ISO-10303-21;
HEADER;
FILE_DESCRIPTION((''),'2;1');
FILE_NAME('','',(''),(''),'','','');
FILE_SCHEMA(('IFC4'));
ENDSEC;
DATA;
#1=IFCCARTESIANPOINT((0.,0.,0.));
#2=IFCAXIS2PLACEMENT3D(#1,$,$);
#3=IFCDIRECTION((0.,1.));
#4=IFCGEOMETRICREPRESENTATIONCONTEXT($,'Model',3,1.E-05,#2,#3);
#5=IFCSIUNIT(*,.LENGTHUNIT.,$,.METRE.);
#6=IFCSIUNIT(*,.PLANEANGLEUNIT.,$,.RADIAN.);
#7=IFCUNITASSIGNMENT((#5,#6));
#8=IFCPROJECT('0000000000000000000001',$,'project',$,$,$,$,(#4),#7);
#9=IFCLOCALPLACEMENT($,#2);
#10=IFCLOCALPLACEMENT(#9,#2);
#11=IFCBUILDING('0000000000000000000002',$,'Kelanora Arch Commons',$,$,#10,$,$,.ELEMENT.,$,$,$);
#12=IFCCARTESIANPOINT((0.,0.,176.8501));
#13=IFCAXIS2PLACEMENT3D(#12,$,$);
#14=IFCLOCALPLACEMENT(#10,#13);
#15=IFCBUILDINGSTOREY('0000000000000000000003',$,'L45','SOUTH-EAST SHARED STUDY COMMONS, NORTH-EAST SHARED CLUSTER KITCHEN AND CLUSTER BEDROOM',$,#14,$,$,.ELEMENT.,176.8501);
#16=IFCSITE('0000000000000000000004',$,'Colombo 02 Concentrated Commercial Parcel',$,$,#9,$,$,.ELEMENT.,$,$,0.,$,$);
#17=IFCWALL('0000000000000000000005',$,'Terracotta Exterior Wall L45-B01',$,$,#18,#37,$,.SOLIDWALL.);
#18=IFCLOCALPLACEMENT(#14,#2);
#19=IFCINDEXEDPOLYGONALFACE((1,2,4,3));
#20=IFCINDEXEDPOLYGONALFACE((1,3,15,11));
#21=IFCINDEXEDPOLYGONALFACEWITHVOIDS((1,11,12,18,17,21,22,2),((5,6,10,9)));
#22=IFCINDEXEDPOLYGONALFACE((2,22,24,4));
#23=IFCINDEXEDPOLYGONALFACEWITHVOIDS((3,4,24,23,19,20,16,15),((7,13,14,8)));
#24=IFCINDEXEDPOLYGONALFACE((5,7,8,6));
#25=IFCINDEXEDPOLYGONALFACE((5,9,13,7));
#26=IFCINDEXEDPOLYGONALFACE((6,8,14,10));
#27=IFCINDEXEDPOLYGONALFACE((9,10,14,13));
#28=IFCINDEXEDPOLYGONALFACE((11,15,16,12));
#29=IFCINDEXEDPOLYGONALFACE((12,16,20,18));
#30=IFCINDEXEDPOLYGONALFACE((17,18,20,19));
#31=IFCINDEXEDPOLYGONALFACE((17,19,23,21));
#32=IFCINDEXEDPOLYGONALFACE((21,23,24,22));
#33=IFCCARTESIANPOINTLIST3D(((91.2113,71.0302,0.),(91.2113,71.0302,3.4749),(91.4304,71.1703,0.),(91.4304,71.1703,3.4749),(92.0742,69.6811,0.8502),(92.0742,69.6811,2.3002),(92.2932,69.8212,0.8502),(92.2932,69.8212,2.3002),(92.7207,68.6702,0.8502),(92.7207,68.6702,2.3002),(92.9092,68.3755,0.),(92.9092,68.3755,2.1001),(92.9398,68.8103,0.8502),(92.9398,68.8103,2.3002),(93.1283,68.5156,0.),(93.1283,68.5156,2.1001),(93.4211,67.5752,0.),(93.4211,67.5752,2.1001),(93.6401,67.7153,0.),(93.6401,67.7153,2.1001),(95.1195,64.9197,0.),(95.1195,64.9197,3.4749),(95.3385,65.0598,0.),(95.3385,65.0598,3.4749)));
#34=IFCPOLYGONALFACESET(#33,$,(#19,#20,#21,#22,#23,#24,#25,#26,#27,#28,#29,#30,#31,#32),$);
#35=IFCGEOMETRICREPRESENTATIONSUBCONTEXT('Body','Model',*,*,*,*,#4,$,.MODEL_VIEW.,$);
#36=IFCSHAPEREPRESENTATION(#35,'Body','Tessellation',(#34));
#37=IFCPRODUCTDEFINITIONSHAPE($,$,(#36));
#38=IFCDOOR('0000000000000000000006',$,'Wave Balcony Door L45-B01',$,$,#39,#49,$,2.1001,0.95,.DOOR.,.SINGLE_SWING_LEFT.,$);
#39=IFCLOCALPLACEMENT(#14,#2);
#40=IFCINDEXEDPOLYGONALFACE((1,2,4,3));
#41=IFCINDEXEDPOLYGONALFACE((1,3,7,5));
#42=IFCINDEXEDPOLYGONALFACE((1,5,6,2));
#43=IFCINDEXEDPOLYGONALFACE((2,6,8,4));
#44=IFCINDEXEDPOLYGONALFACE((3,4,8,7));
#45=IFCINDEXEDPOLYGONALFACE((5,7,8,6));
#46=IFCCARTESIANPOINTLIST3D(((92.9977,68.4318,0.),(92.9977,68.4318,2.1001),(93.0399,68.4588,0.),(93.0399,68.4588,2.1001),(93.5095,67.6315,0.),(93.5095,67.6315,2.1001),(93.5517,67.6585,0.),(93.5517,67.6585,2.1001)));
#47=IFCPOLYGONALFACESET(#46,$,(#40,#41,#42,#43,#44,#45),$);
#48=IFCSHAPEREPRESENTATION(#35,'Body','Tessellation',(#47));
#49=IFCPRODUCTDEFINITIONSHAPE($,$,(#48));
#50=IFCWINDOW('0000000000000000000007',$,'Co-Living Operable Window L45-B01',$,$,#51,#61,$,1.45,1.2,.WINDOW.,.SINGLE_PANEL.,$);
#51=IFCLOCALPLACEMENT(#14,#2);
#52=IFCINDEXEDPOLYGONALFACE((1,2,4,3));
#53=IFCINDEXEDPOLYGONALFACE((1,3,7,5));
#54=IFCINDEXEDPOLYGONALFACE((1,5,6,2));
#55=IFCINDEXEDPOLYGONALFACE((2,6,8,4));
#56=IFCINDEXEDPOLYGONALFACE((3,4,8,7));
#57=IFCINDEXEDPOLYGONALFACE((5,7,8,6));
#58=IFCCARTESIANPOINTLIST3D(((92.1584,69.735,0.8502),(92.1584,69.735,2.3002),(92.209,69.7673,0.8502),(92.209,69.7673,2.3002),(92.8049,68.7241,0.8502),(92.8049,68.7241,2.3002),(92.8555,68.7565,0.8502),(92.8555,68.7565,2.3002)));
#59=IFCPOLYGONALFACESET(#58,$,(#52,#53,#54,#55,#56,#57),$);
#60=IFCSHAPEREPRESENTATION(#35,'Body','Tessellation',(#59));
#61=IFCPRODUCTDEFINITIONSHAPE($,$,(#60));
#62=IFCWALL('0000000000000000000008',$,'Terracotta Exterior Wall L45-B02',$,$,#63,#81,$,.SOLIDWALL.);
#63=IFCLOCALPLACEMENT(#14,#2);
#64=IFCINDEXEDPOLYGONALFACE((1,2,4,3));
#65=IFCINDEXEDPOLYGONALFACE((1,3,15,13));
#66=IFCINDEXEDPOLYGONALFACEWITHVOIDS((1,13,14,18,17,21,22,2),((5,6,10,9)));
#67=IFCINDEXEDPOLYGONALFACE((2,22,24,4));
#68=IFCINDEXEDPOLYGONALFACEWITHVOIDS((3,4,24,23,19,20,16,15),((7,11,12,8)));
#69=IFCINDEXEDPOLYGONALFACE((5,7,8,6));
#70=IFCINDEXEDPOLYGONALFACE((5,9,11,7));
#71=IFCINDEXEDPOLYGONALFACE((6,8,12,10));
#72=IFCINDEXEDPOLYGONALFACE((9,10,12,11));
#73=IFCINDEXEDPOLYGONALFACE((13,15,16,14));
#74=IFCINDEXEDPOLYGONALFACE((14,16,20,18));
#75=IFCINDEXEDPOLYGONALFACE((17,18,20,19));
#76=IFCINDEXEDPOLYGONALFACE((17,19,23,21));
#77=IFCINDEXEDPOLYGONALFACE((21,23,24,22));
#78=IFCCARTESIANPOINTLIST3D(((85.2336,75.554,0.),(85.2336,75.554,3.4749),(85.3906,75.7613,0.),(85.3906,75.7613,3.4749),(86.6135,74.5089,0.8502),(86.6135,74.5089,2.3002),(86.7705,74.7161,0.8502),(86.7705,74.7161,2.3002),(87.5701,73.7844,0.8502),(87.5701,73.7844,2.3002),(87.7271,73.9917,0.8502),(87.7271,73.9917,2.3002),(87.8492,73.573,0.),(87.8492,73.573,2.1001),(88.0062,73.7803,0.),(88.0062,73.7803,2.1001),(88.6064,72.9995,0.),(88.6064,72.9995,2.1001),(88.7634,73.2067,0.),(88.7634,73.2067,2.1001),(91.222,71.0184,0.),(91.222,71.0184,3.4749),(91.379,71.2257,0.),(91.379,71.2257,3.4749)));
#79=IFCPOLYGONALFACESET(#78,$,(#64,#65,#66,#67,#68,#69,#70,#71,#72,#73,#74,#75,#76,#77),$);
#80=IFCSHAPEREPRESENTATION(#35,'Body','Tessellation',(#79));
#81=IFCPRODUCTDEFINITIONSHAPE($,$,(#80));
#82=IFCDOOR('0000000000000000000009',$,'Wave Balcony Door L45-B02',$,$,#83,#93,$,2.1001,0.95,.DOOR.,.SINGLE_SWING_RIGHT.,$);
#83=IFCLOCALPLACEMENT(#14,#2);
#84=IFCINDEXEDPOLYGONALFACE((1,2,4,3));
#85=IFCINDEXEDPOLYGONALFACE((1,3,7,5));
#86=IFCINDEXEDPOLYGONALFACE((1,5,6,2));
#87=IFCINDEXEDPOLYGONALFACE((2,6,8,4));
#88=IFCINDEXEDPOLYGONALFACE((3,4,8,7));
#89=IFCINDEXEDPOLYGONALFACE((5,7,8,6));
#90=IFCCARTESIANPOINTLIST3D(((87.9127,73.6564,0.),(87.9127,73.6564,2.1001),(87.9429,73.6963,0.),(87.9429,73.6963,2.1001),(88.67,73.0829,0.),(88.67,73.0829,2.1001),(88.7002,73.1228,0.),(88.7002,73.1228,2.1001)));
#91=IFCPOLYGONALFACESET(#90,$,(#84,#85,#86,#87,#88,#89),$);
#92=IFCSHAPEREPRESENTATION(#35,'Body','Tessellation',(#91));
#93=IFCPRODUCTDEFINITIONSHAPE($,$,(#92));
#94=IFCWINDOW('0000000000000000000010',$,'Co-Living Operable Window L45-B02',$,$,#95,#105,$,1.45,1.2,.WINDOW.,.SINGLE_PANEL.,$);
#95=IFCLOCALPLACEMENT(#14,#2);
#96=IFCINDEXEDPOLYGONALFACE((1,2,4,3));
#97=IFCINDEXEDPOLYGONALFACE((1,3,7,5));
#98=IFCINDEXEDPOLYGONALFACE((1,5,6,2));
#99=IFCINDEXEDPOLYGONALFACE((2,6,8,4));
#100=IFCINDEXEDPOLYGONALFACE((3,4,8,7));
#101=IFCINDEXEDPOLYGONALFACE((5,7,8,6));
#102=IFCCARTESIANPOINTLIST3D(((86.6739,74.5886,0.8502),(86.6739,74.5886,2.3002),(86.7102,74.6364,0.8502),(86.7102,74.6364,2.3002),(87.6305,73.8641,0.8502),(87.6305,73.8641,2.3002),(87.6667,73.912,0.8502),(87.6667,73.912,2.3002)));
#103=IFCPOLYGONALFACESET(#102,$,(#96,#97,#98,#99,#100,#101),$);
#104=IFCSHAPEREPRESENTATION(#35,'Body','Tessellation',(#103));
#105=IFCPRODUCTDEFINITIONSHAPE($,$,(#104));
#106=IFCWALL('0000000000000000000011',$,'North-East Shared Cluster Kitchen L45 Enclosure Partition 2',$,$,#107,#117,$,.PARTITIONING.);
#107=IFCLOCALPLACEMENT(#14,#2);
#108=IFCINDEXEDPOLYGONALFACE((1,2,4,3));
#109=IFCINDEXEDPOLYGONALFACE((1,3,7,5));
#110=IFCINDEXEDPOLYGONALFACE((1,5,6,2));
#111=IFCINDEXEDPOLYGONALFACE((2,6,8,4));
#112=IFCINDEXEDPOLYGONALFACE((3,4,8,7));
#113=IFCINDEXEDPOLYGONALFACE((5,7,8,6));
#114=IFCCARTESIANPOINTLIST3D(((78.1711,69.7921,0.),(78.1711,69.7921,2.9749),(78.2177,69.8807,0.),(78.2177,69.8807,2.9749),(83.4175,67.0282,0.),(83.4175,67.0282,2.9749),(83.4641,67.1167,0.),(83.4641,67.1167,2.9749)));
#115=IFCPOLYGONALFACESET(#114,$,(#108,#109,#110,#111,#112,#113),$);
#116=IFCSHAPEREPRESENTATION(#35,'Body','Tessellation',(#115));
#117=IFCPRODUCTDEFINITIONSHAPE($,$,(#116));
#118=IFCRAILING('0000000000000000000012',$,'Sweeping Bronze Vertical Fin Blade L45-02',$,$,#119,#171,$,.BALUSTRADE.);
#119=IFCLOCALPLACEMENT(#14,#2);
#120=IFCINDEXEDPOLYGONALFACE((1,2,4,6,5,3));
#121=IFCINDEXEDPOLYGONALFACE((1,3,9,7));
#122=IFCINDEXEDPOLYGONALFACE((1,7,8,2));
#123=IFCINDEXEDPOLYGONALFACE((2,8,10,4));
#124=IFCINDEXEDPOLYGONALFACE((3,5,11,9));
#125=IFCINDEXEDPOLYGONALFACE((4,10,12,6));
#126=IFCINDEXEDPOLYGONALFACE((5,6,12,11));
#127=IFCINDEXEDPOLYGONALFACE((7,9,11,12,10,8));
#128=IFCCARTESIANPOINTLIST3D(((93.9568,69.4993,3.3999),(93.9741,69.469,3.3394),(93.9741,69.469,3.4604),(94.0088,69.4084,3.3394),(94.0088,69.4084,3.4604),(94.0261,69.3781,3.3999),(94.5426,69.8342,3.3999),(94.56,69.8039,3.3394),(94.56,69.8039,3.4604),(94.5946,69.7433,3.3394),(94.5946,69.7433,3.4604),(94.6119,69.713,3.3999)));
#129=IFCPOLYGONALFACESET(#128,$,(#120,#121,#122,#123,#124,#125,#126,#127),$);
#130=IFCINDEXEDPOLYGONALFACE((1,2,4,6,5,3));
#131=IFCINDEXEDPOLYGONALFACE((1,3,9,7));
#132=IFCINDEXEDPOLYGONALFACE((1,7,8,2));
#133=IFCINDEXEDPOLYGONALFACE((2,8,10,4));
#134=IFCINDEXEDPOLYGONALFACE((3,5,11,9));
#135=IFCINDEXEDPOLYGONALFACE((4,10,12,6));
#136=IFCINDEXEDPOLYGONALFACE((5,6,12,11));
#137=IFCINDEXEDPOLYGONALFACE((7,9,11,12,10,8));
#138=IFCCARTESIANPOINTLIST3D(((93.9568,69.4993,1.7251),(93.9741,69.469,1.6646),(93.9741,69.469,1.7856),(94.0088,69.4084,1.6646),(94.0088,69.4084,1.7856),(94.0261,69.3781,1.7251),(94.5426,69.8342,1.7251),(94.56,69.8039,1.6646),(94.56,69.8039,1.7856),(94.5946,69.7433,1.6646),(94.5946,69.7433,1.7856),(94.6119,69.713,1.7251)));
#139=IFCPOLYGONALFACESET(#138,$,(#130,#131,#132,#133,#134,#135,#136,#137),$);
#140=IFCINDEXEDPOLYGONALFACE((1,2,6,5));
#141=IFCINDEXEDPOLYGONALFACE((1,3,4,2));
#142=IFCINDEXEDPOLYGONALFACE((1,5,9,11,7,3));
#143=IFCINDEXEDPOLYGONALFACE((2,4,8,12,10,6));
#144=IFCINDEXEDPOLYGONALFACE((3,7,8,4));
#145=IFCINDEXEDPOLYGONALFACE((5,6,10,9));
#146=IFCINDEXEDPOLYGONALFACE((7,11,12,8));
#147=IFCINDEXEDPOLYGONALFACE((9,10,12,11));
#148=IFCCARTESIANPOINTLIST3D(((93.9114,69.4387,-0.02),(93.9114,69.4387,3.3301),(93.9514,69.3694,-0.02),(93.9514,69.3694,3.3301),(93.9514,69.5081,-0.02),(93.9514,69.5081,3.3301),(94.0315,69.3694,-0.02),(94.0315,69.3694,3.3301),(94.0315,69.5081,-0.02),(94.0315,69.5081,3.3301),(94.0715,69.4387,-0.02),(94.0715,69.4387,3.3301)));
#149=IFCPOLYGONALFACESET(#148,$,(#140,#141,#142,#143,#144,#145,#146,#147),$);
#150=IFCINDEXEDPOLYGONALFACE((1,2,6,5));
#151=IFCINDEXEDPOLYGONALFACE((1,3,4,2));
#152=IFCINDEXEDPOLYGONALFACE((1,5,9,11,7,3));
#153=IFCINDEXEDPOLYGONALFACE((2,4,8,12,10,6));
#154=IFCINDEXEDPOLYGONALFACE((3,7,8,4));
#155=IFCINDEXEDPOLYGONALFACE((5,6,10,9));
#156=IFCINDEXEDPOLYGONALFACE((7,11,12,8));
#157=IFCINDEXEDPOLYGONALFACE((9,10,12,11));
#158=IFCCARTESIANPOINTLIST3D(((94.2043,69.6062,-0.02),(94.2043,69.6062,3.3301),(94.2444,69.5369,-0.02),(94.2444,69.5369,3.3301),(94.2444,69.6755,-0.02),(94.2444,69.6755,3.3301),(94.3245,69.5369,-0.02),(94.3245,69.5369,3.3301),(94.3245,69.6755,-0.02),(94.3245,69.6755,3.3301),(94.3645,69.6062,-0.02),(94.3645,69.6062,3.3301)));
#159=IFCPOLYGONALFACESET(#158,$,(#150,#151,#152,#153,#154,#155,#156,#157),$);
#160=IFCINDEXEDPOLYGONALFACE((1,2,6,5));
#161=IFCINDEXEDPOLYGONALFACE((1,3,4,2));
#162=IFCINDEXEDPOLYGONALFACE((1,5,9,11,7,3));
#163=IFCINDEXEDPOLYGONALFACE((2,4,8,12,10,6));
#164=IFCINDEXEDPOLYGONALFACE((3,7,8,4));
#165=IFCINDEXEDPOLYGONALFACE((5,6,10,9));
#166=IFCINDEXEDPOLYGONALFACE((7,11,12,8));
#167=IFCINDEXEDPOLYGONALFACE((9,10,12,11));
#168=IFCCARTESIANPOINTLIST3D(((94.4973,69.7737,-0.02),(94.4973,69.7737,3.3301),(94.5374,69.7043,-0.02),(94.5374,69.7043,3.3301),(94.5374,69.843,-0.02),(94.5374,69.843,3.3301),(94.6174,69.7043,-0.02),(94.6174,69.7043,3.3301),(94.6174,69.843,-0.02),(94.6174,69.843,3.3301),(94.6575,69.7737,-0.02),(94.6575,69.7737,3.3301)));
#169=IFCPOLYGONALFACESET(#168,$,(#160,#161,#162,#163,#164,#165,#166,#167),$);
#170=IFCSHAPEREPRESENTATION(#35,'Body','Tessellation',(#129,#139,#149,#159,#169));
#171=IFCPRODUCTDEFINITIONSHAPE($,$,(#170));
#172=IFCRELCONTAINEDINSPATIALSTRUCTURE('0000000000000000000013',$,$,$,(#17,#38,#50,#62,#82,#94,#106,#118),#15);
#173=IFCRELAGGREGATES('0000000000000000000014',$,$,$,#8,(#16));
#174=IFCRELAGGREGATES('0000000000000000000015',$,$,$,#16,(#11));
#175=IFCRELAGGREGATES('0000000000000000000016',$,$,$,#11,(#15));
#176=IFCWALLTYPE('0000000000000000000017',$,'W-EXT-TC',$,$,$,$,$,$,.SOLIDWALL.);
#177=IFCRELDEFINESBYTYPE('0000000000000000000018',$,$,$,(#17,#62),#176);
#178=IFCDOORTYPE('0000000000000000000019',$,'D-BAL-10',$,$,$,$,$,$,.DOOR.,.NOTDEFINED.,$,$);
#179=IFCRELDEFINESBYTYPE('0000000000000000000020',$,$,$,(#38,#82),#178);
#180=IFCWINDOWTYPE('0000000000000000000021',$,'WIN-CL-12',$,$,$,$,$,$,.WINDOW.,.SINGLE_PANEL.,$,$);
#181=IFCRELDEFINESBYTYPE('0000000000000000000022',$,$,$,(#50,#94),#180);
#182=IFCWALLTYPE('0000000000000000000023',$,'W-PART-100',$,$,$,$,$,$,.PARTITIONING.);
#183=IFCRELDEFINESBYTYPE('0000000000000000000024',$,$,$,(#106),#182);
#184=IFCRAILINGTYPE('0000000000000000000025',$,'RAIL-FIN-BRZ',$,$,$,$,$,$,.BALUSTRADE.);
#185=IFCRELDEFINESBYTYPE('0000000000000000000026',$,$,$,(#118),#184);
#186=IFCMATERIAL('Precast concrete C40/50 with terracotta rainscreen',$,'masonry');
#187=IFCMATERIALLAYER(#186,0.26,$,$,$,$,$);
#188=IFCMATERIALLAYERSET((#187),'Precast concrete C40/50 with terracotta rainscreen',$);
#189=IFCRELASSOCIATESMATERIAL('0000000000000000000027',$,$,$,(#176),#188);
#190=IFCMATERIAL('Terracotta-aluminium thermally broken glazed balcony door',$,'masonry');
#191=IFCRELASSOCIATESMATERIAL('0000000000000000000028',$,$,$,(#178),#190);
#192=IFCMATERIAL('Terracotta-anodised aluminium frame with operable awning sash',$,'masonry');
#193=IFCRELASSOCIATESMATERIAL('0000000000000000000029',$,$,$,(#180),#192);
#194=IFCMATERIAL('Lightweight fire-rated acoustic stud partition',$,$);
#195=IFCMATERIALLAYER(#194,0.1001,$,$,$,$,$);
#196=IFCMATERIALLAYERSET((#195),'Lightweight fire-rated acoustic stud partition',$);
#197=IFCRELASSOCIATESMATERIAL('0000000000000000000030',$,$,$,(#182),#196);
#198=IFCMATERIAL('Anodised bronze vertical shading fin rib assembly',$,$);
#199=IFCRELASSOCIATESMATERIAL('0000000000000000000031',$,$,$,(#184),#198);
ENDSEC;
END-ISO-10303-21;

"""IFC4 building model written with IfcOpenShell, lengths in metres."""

from ifc_helpers import new_model, si_unit, direction, frame, frame_2d, origin, place, context, subcontext, project, spatial, polyline, rectangle, outline, extrude, material, layer, layer_set, type_object, element, fill, save


model = new_model("IFC4")

# Units and contexts
model_context = context("Model", 3, precision=1e-05, world=origin(), true_north=direction((0.0, 1.0)))
body_context = subcontext(model_context, "Body", "Model", "MODEL_VIEW")
ifc_project = project(units=[si_unit("LENGTHUNIT", "METRE"), si_unit("PLANEANGLEUNIT", "RADIAN")], contexts=[model_context])

# Site, building, storey
site_placement = place(None, origin())
site = spatial("IfcSite", under=ifc_project, at=site_placement, Name="Colombo 02 Concentrated Commercial Parcel", CompositionType="ELEMENT", RefElevation=0.0)
building_placement = place(site_placement, origin())
building = spatial("IfcBuilding", under=site, at=building_placement, Name="Kelanora Arch Commons", CompositionType="ELEMENT")
storey_placement = place(building_placement, frame((0.0, 0.0, 176.8501)))
storey = spatial("IfcBuildingStorey", under=building, at=storey_placement, Name="L45", Description="SOUTH-EAST SHARED STUDY COMMONS, NORTH-EAST SHARED CLUSTER KITCHEN AND CLUSTER BEDROOM", CompositionType="ELEMENT", Elevation=176.8501)

# Walls, openings, doors, windows
ifc_material_1 = material(Name="Precast concrete C40/50 with terracotta rainscreen", Category="masonry")
ifc_layer_1 = layer(ifc_material_1, 0.26)
ifc_layer_set_1 = layer_set([ifc_layer_1], Name="Precast concrete C40/50 with terracotta rainscreen")
wall_type_1 = type_object("IfcWallType", Name="W-EXT-TC", PredefinedType="SOLIDWALL", material=ifc_layer_set_1)
wall_1_placement = place(storey_placement, frame((95.229, 64.9897, 0.0), z_axis=(0.0, 0.0, 1.0), x_axis=(-0.538802, 0.842433, 0.0)))
wall_1 = element("IfcWall", 1, at=wall_1_placement, inside=storey, type_object=wall_type_1, Name="Terracotta Exterior Wall L45-B01", PredefinedType="SOLIDWALL", context=body_context, shape_type="SweptSolid", body=[
    extrude(rectangle(XDim=7.2534, YDim=0.26, at=frame_2d((3.6267, 0.0))), origin(), (0.0, 0.0, 1.0), 3.4749),
])
opening_1_placement = place(wall_1_placement, frame((3.1521, 0.0, 0.0)))
opening_1 = element("IfcOpeningElement", 2, at=opening_1_placement, cuts=wall_1, PredefinedType="OPENING", context=body_context, shape_type="SweptSolid", body=[
    extrude(rectangle(XDim=0.95, YDim=2.1001, at=frame_2d((0.4751, 1.05))), frame((0.0, 0.1401, 0.0), z_axis=(0.0, -1.0, 0.0), x_axis=(1.0, 0.0, 0.0)), (0.0, 0.0, 1.0), 0.28),
])
opening_2_placement = place(wall_1_placement, frame((4.4519, 0.0, 0.8501)))
opening_2 = element("IfcOpeningElement", 3, at=opening_2_placement, cuts=wall_1, PredefinedType="OPENING", context=body_context, shape_type="SweptSolid", body=[
    extrude(rectangle(XDim=1.2, YDim=1.45, at=frame_2d((0.6001, 0.7251))), frame((0.0, 0.1401, 0.0), z_axis=(0.0, -1.0, 0.0), x_axis=(1.0, 0.0, 0.0)), (0.0, 0.0, 1.0), 0.28),
])
ifc_material_2 = material(Name="Terracotta-aluminium thermally broken glazed balcony door", Category="masonry")
door_type = type_object("IfcDoorType", Name="D-BAL-10", OperationType="NOTDEFINED", PredefinedType="DOOR", material=ifc_material_2)
door_1_placement = place(opening_1_placement, frame((0.95, 0.0, 0.0), z_axis=(0.0, 0.0, 1.0), x_axis=(-1.0, 0.0, 0.0)))
door_1 = element("IfcDoor", 4, at=door_1_placement, inside=storey, type_object=door_type, Name="Wave Balcony Door L45-B01", OperationType="SINGLE_SWING_LEFT", OverallHeight=2.1001, OverallWidth=0.95, PredefinedType="DOOR", context=body_context, shape_type="SweptSolid", body=[
    extrude(rectangle(XDim=0.95, YDim=2.1001, at=frame_2d((0.4751, 1.05))), frame((0.0, 0.0249, 0.0), z_axis=(0.0, -1.0, 0.0), x_axis=(1.0, 0.0, 0.0)), (0.0, 0.0, 1.0), 0.05),
])
fill(opening_1, door_1)
ifc_material_3 = material(Name="Terracotta-anodised aluminium frame with operable awning sash", Category="masonry")
window_type = type_object("IfcWindowType", Name="WIN-CL-12", PartitioningType="SINGLE_PANEL", PredefinedType="WINDOW", material=ifc_material_3)
window_1_placement = place(opening_2_placement, origin())
window_1 = element("IfcWindow", 5, at=window_1_placement, inside=storey, type_object=window_type, Name="Co-Living Operable Window L45-B01", OverallHeight=1.45, OverallWidth=1.2, PartitioningType="SINGLE_PANEL", PredefinedType="WINDOW", context=body_context, shape_type="SweptSolid", body=[
    extrude(rectangle(XDim=1.2, YDim=1.45, at=frame_2d((0.6001, 0.7251))), frame((0.0, 0.03, 0.0), z_axis=(0.0, -1.0, 0.0), x_axis=(1.0, 0.0, 0.0)), (0.0, 0.0, 1.0), 0.0601),
])
fill(opening_2, window_1)
wall_2_placement = place(storey_placement, frame((91.3005, 71.1221, 0.0), z_axis=(0.0, 0.0, 1.0), x_axis=(-0.797164, 0.603763, 0.0)))
wall_2 = element("IfcWall", 6, at=wall_2_placement, inside=storey, type_object=wall_type_1, Name="Terracotta Exterior Wall L45-B02", PredefinedType="SOLIDWALL", context=body_context, shape_type="SweptSolid", body=[
    extrude(rectangle(XDim=7.5122, YDim=0.26, at=frame_2d((3.7561, 0.0))), origin(), (0.0, 0.0, 1.0), 3.4749),
])
opening_3_placement = place(wall_2_placement, frame((3.281, 0.0, 0.0)))
opening_3 = element("IfcOpeningElement", 7, at=opening_3_placement, cuts=wall_2, PredefinedType="OPENING", context=body_context, shape_type="SweptSolid", body=[
    extrude(rectangle(XDim=0.95, YDim=2.1001, at=frame_2d((0.4751, 1.05))), frame((0.0, 0.1401, 0.0), z_axis=(0.0, -1.0, 0.0), x_axis=(1.0, 0.0, 0.0)), (0.0, 0.0, 1.0), 0.28),
])
opening_4_placement = place(wall_2_placement, frame((4.5811, 0.0, 0.8501)))
opening_4 = element("IfcOpeningElement", 8, at=opening_4_placement, cuts=wall_2, PredefinedType="OPENING", context=body_context, shape_type="SweptSolid", body=[
    extrude(rectangle(XDim=1.2, YDim=1.45, at=frame_2d((0.6001, 0.7251))), frame((0.0, 0.1401, 0.0), z_axis=(0.0, -1.0, 0.0), x_axis=(1.0, 0.0, 0.0)), (0.0, 0.0, 1.0), 0.28),
])
door_2_placement = place(opening_3_placement, frame((0.95, 0.0, 0.0), z_axis=(0.0, 0.0, 1.0), x_axis=(-1.0, 0.0, 0.0)))
door_2 = element("IfcDoor", 9, at=door_2_placement, inside=storey, type_object=door_type, Name="Wave Balcony Door L45-B02", OperationType="SINGLE_SWING_RIGHT", OverallHeight=2.1001, OverallWidth=0.95, PredefinedType="DOOR", context=body_context, shape_type="SweptSolid", body=[
    extrude(rectangle(XDim=0.95, YDim=2.1001, at=frame_2d((0.4751, 1.05))), frame((0.0, 0.0249, 0.0), z_axis=(0.0, -1.0, 0.0), x_axis=(1.0, 0.0, 0.0)), (0.0, 0.0, 1.0), 0.05),
])
fill(opening_3, door_2)
window_2_placement = place(opening_4_placement, origin())
window_2 = element("IfcWindow", 10, at=window_2_placement, inside=storey, type_object=window_type, Name="Co-Living Operable Window L45-B02", OverallHeight=1.45, OverallWidth=1.2, PartitioningType="SINGLE_PANEL", PredefinedType="WINDOW", context=body_context, shape_type="SweptSolid", body=[
    extrude(rectangle(XDim=1.2, YDim=1.45, at=frame_2d((0.6001, 0.7251))), frame((0.0, 0.03, 0.0), z_axis=(0.0, -1.0, 0.0), x_axis=(1.0, 0.0, 0.0)), (0.0, 0.0, 1.0), 0.0601),
])
fill(opening_4, window_2)

# Wall
ifc_material_4 = material(Name="Lightweight fire-rated acoustic stud partition")
ifc_layer_2 = layer(ifc_material_4, 0.1001)
ifc_layer_set_2 = layer_set([ifc_layer_2], Name="Lightweight fire-rated acoustic stud partition")
wall_type_2 = type_object("IfcWallType", Name="W-PART-100", PredefinedType="PARTITIONING", material=ifc_layer_set_2)
wall_3_placement = place(storey_placement, frame((83.4407, 67.0725, 0.0), z_axis=(0.0, 0.0, 1.0), x_axis=(-0.884731, 0.466101, 0.0)))
element("IfcWall", 11, at=wall_3_placement, inside=storey, type_object=wall_type_2, Name="North-East Shared Cluster Kitchen L45 Enclosure Partition 2", PredefinedType="PARTITIONING", context=body_context, shape_type="SweptSolid", body=[
    extrude(rectangle(XDim=5.9299, YDim=0.1001, at=frame_2d((2.9648, 0.0))), origin(), (0.0, 0.0, 1.0), 2.9749),
])

# Railing
ifc_material_5 = material(Name="Anodised bronze vertical shading fin rib assembly")
railing_type = type_object("IfcRailingType", Name="RAIL-FIN-BRZ", PredefinedType="BALUSTRADE", material=ifc_material_5)
railing_1_placement = place(storey_placement, frame((93.9915, 69.4387, -0.02)))
element("IfcRailing", 12, at=railing_1_placement, inside=storey, type_object=railing_type, Name="Sweeping Bronze Vertical Fin Blade L45-02", PredefinedType="BALUSTRADE", context=body_context, shape_type="SweptSolid", body=[
    extrude(outline(polyline([(0.0698, 0.0), (0.0349, 0.0605), (-0.0349, 0.0605), (-0.0698, 0.0), (-0.0349, -0.0605), (0.0349, -0.0605), (0.0698, 0.0)])), frame((0.0, 0.0, 3.4199), z_axis=(0.868154, 0.496295, 0.0), x_axis=(-0.496295, 0.868154, 0.0)), (0.0, 0.0, 1.0), 0.6748),
    extrude(outline(polyline([(0.0698, 0.0), (0.0349, 0.0605), (-0.0349, 0.0605), (-0.0698, 0.0), (-0.0349, -0.0605), (0.0349, -0.0605), (0.0698, 0.0)])), frame((0.0, 0.0, 1.7451), z_axis=(0.868154, 0.496295, 0.0), x_axis=(-0.496295, 0.868154, 0.0)), (0.0, 0.0, 1.0), 0.6748),
    extrude(outline(polyline([(0.0801, 0.0), (0.04, 0.0693), (-0.04, 0.0693), (-0.0801, 0.0), (-0.04, -0.0693), (0.04, -0.0693), (0.0801, 0.0)])), origin(), (0.0, 0.0, 1.0), 3.3501),
    extrude(outline(polyline([(0.0801, 0.0), (0.04, 0.0693), (-0.04, 0.0693), (-0.0801, 0.0), (-0.04, -0.0693), (0.04, -0.0693), (0.0801, 0.0)])), frame((0.293, 0.1675, 0.0)), (0.0, 0.0, 1.0), 3.3501),
    extrude(outline(polyline([(0.0801, 0.0), (0.04, 0.0693), (-0.04, 0.0693), (-0.0801, 0.0), (-0.04, -0.0693), (0.04, -0.0693), (0.0801, 0.0)])), frame((0.5859, 0.335, 0.0)), (0.0, 0.0, 1.0), 3.3501),
])

save(model, "model.ifc")
